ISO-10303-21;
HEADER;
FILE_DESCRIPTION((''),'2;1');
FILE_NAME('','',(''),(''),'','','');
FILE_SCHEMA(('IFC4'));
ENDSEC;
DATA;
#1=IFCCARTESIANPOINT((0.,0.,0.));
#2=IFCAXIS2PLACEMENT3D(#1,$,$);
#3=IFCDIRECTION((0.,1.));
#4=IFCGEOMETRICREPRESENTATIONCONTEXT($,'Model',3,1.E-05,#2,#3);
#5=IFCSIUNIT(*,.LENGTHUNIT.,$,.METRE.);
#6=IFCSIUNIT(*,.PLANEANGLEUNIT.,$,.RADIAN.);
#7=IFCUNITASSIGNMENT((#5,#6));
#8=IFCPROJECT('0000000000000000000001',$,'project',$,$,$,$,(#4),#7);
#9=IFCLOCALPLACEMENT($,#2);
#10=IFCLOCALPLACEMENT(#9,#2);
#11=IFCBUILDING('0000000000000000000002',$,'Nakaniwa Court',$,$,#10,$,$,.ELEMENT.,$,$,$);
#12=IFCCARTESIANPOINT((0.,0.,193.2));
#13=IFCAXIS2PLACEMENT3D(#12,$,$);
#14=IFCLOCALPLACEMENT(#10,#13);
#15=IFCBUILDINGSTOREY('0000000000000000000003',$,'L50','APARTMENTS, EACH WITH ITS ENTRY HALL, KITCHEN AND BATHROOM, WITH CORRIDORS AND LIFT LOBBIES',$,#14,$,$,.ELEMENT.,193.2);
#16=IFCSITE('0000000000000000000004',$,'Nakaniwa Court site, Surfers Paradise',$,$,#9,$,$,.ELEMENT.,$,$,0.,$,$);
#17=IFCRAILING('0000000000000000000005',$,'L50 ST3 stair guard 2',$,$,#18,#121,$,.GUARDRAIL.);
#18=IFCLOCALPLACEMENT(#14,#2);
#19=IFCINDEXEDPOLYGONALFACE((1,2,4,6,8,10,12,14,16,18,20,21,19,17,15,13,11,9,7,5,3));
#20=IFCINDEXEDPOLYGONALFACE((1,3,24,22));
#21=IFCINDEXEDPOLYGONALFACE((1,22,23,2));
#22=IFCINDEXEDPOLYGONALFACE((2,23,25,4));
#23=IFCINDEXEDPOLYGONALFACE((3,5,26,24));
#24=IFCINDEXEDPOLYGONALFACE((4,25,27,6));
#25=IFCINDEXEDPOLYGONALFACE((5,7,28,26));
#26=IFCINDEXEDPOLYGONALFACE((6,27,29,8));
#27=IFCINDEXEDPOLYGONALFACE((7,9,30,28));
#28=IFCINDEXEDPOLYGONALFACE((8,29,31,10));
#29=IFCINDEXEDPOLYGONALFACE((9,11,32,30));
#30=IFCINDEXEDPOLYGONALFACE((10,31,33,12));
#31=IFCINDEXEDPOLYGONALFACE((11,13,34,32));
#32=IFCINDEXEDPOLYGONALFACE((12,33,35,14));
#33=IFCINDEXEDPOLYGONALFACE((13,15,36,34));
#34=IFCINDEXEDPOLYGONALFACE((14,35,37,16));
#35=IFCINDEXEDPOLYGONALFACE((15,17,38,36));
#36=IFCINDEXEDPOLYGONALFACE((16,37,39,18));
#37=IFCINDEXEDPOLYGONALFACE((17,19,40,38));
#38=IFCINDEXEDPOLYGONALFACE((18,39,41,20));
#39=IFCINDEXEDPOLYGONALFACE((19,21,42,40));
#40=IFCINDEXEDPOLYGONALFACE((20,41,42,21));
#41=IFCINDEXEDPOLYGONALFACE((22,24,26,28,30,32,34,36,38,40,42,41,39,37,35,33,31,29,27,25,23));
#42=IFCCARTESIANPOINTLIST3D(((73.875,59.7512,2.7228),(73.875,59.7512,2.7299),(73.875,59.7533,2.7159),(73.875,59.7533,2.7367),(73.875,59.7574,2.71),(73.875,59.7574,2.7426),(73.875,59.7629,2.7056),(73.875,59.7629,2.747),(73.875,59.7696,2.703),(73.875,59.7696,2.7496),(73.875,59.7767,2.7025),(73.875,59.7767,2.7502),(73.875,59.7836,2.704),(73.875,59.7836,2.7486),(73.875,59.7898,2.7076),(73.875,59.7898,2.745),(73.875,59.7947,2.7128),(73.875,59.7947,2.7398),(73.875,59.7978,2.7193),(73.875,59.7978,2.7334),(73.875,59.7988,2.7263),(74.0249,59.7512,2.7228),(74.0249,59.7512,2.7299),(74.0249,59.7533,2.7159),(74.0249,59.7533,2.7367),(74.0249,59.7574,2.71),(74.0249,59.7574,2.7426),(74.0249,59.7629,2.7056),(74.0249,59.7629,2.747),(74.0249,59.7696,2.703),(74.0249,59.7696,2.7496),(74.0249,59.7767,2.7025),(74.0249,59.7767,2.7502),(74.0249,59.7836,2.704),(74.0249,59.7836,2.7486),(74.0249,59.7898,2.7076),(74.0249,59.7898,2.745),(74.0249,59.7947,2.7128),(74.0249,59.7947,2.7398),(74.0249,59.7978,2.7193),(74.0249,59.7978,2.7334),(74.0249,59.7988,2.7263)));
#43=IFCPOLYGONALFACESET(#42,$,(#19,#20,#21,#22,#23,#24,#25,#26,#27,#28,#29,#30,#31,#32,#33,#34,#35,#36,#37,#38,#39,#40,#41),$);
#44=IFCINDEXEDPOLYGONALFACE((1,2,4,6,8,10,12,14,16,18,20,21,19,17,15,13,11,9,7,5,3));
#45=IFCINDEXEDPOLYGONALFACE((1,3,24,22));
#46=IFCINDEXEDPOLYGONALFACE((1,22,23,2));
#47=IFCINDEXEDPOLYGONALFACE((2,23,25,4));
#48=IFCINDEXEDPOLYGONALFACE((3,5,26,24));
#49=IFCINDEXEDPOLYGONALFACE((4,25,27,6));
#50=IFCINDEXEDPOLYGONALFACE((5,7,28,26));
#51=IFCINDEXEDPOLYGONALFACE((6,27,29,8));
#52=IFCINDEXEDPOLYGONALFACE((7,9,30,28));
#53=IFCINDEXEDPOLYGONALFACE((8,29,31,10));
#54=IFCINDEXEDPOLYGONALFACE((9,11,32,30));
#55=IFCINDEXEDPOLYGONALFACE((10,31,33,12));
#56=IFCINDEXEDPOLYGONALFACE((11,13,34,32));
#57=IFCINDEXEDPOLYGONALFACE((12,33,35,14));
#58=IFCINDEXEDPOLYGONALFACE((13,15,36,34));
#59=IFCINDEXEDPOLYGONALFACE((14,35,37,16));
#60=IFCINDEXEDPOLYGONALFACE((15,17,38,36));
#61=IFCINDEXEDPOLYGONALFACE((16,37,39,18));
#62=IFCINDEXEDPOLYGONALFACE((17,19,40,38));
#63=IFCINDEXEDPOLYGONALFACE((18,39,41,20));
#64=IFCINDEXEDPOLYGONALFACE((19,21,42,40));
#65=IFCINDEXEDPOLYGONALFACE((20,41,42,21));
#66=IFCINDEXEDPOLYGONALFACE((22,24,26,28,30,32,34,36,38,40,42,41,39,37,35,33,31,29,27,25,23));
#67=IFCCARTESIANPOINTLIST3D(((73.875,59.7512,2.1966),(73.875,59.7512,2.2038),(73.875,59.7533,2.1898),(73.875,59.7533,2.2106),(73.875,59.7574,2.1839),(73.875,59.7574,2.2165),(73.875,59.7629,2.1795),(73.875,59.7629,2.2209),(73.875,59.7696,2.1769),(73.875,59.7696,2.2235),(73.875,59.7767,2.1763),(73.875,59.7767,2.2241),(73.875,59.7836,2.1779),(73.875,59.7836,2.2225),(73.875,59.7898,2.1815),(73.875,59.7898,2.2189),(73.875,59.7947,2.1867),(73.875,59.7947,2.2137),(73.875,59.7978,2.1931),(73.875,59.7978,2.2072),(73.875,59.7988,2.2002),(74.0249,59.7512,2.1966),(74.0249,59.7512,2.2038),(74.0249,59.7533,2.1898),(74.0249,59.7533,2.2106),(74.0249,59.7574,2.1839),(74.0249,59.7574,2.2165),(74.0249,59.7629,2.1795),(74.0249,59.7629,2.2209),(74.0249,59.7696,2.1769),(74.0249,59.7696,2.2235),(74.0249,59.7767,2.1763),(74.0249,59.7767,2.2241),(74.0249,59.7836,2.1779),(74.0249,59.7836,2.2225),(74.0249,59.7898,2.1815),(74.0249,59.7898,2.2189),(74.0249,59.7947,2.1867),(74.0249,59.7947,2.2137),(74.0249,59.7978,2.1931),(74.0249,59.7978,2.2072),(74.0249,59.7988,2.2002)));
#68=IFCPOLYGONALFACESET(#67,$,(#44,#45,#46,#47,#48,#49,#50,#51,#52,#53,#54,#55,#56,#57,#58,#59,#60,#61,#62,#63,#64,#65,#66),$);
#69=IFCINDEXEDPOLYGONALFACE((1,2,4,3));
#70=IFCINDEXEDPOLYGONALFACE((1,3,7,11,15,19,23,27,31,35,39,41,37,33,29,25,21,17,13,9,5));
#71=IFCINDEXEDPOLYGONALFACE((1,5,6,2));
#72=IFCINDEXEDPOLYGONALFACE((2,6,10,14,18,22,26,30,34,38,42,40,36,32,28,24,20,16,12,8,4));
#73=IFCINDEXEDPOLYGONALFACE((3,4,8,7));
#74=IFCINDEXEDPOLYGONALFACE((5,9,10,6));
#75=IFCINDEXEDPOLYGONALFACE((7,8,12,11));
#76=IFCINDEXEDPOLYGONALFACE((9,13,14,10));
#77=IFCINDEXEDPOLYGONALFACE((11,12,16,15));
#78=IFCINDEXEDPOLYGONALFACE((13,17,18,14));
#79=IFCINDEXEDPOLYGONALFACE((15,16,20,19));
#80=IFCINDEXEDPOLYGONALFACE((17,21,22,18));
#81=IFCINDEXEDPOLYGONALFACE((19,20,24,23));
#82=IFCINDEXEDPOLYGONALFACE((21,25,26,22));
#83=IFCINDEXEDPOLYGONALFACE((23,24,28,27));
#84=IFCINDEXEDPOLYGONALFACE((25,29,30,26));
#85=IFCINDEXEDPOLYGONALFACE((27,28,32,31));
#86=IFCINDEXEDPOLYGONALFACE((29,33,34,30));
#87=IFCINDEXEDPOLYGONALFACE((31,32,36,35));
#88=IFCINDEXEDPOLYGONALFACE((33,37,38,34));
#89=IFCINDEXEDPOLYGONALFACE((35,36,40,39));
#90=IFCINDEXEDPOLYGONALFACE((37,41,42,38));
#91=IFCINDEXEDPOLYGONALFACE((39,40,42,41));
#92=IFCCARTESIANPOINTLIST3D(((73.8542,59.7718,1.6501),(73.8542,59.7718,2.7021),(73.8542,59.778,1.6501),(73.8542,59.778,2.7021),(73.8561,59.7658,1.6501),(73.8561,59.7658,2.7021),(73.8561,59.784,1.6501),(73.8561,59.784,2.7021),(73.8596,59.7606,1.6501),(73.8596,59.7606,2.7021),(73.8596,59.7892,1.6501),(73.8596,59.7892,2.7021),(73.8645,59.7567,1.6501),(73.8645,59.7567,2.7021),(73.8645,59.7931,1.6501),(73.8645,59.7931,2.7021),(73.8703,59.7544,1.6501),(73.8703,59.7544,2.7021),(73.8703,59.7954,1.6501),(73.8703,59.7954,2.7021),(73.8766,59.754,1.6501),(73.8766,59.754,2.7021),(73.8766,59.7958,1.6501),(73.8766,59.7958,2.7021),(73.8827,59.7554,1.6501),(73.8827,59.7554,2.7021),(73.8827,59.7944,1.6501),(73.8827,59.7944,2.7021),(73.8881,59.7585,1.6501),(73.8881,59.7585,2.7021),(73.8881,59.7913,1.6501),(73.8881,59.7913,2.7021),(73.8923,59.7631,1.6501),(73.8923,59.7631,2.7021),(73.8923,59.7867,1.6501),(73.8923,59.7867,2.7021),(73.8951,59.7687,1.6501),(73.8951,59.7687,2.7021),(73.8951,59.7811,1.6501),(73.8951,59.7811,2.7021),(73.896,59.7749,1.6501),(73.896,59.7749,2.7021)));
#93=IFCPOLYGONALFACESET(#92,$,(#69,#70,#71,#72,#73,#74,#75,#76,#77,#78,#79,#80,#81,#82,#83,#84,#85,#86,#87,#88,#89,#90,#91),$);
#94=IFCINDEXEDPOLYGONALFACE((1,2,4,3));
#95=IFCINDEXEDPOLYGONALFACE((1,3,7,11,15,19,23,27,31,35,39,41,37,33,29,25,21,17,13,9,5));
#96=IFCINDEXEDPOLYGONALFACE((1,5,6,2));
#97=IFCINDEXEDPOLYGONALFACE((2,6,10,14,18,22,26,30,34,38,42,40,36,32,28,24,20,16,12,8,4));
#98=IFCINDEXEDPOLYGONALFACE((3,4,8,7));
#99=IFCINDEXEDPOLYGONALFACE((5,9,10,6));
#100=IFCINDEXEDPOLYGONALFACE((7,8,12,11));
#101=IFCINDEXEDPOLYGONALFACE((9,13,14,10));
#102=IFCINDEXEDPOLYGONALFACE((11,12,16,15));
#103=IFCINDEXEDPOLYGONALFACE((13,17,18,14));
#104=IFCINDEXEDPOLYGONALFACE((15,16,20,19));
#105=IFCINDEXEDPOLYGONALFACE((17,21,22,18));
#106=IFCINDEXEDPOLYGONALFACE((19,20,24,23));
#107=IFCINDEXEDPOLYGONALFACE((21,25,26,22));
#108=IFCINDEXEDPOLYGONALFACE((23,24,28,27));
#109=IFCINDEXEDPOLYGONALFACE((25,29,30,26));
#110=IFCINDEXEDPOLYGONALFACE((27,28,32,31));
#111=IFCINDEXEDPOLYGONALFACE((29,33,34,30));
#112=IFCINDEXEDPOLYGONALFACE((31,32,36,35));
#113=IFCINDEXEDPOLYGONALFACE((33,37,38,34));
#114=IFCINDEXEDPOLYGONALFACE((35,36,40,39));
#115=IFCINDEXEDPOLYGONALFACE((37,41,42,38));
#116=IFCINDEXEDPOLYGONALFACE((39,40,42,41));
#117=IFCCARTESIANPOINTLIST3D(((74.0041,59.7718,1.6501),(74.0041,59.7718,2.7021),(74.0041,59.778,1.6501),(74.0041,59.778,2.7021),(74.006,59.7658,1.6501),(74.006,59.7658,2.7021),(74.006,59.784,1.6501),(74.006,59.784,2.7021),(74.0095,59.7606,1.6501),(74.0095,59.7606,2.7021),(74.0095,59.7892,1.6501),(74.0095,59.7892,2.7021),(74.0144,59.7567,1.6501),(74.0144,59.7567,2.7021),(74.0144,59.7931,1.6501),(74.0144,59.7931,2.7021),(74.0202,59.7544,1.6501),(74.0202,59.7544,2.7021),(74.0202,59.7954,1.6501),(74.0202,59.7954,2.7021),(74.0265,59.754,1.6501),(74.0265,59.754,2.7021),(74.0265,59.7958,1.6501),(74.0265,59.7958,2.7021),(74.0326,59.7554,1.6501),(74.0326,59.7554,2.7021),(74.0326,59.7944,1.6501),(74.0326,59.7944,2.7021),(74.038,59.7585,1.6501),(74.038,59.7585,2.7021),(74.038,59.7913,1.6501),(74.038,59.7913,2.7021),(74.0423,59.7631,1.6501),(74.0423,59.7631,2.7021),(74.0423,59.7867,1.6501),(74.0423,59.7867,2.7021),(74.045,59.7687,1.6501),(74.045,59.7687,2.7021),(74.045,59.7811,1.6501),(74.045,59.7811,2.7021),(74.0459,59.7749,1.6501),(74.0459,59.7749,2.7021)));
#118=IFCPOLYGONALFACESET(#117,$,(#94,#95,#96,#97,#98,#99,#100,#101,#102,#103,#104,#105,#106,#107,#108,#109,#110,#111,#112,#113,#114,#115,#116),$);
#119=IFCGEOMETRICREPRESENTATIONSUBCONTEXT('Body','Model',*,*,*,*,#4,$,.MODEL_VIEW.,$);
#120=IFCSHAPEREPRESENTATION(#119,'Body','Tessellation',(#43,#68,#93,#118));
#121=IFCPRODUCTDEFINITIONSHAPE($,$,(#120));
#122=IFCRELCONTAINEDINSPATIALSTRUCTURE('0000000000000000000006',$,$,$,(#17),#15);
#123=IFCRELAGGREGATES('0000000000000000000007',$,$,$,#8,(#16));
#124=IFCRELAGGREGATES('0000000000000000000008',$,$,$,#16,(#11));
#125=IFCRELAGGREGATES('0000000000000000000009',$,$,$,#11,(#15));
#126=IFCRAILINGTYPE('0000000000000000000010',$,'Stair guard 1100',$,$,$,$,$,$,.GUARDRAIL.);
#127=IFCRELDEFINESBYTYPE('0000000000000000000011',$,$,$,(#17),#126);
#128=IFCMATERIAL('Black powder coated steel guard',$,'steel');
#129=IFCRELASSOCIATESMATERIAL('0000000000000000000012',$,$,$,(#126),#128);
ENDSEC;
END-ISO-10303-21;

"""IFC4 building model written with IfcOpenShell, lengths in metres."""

from ifc_helpers import new_model, si_unit, direction, frame, origin, origin_2d, place, context, subcontext, project, spatial, circle, extrude, material, type_object, element, save


model = new_model("IFC4")

# Units and contexts
model_context = context("Model", 3, precision=1e-05, world=origin(), true_north=direction((0.0, 1.0)))
body_context = subcontext(model_context, "Body", "Model", "MODEL_VIEW")
ifc_project = project(units=[si_unit("LENGTHUNIT", "METRE"), si_unit("PLANEANGLEUNIT", "RADIAN")], contexts=[model_context])

# Site, building, storey
site_placement = place(None, origin())
site = spatial("IfcSite", under=ifc_project, at=site_placement, Name="Nakaniwa Court site, Surfers Paradise", CompositionType="ELEMENT", RefElevation=0.0)
building_placement = place(site_placement, origin())
building = spatial("IfcBuilding", under=site, at=building_placement, Name="Nakaniwa Court", CompositionType="ELEMENT")
storey_placement = place(building_placement, frame((0.0, 0.0, 193.2)))
storey = spatial("IfcBuildingStorey", under=building, at=storey_placement, Name="L50", Description="APARTMENTS, EACH WITH ITS ENTRY HALL, KITCHEN AND BATHROOM, WITH CORRIDORS AND LIFT LOBBIES", CompositionType="ELEMENT", Elevation=193.2)

# Railing
ifc_material_1 = material(Name="Black powder coated steel guard", Category="steel")
railing_type_1 = type_object("IfcRailingType", Name="Stair guard 1100", PredefinedType="GUARDRAIL", material=ifc_material_1)
railing_1_placement = place(storey_placement, frame((73.875, 59.7749, 1.6501)))
element("IfcRailing", 1, at=railing_1_placement, inside=storey, type_object=railing_type_1, Name="L50 ST3 stair guard 2", PredefinedType="GUARDRAIL", context=body_context, shape_type="SweptSolid", body=[
    extrude(circle(Radius=0.0239, at=origin_2d()), frame((0.0, 0.0, 1.0762), z_axis=(1.0, 0.0, 0.0), x_axis=(0.0, 1.0, 0.0)), (0.0, 0.0, 1.0), 0.1499),
    extrude(circle(Radius=0.0239, at=origin_2d()), frame((0.0, 0.0, 0.55), z_axis=(1.0, 0.0, 0.0), x_axis=(0.0, 1.0, 0.0)), (0.0, 0.0, 1.0), 0.1499),
    extrude(circle(Radius=0.021, at=origin_2d()), origin(), (0.0, 0.0, 1.0), 1.052),
    extrude(circle(Radius=0.021, at=origin_2d()), frame((0.1499, 0.0, 0.0)), (0.0, 0.0, 1.0), 1.052),
])

save(model, "model.ifc")
